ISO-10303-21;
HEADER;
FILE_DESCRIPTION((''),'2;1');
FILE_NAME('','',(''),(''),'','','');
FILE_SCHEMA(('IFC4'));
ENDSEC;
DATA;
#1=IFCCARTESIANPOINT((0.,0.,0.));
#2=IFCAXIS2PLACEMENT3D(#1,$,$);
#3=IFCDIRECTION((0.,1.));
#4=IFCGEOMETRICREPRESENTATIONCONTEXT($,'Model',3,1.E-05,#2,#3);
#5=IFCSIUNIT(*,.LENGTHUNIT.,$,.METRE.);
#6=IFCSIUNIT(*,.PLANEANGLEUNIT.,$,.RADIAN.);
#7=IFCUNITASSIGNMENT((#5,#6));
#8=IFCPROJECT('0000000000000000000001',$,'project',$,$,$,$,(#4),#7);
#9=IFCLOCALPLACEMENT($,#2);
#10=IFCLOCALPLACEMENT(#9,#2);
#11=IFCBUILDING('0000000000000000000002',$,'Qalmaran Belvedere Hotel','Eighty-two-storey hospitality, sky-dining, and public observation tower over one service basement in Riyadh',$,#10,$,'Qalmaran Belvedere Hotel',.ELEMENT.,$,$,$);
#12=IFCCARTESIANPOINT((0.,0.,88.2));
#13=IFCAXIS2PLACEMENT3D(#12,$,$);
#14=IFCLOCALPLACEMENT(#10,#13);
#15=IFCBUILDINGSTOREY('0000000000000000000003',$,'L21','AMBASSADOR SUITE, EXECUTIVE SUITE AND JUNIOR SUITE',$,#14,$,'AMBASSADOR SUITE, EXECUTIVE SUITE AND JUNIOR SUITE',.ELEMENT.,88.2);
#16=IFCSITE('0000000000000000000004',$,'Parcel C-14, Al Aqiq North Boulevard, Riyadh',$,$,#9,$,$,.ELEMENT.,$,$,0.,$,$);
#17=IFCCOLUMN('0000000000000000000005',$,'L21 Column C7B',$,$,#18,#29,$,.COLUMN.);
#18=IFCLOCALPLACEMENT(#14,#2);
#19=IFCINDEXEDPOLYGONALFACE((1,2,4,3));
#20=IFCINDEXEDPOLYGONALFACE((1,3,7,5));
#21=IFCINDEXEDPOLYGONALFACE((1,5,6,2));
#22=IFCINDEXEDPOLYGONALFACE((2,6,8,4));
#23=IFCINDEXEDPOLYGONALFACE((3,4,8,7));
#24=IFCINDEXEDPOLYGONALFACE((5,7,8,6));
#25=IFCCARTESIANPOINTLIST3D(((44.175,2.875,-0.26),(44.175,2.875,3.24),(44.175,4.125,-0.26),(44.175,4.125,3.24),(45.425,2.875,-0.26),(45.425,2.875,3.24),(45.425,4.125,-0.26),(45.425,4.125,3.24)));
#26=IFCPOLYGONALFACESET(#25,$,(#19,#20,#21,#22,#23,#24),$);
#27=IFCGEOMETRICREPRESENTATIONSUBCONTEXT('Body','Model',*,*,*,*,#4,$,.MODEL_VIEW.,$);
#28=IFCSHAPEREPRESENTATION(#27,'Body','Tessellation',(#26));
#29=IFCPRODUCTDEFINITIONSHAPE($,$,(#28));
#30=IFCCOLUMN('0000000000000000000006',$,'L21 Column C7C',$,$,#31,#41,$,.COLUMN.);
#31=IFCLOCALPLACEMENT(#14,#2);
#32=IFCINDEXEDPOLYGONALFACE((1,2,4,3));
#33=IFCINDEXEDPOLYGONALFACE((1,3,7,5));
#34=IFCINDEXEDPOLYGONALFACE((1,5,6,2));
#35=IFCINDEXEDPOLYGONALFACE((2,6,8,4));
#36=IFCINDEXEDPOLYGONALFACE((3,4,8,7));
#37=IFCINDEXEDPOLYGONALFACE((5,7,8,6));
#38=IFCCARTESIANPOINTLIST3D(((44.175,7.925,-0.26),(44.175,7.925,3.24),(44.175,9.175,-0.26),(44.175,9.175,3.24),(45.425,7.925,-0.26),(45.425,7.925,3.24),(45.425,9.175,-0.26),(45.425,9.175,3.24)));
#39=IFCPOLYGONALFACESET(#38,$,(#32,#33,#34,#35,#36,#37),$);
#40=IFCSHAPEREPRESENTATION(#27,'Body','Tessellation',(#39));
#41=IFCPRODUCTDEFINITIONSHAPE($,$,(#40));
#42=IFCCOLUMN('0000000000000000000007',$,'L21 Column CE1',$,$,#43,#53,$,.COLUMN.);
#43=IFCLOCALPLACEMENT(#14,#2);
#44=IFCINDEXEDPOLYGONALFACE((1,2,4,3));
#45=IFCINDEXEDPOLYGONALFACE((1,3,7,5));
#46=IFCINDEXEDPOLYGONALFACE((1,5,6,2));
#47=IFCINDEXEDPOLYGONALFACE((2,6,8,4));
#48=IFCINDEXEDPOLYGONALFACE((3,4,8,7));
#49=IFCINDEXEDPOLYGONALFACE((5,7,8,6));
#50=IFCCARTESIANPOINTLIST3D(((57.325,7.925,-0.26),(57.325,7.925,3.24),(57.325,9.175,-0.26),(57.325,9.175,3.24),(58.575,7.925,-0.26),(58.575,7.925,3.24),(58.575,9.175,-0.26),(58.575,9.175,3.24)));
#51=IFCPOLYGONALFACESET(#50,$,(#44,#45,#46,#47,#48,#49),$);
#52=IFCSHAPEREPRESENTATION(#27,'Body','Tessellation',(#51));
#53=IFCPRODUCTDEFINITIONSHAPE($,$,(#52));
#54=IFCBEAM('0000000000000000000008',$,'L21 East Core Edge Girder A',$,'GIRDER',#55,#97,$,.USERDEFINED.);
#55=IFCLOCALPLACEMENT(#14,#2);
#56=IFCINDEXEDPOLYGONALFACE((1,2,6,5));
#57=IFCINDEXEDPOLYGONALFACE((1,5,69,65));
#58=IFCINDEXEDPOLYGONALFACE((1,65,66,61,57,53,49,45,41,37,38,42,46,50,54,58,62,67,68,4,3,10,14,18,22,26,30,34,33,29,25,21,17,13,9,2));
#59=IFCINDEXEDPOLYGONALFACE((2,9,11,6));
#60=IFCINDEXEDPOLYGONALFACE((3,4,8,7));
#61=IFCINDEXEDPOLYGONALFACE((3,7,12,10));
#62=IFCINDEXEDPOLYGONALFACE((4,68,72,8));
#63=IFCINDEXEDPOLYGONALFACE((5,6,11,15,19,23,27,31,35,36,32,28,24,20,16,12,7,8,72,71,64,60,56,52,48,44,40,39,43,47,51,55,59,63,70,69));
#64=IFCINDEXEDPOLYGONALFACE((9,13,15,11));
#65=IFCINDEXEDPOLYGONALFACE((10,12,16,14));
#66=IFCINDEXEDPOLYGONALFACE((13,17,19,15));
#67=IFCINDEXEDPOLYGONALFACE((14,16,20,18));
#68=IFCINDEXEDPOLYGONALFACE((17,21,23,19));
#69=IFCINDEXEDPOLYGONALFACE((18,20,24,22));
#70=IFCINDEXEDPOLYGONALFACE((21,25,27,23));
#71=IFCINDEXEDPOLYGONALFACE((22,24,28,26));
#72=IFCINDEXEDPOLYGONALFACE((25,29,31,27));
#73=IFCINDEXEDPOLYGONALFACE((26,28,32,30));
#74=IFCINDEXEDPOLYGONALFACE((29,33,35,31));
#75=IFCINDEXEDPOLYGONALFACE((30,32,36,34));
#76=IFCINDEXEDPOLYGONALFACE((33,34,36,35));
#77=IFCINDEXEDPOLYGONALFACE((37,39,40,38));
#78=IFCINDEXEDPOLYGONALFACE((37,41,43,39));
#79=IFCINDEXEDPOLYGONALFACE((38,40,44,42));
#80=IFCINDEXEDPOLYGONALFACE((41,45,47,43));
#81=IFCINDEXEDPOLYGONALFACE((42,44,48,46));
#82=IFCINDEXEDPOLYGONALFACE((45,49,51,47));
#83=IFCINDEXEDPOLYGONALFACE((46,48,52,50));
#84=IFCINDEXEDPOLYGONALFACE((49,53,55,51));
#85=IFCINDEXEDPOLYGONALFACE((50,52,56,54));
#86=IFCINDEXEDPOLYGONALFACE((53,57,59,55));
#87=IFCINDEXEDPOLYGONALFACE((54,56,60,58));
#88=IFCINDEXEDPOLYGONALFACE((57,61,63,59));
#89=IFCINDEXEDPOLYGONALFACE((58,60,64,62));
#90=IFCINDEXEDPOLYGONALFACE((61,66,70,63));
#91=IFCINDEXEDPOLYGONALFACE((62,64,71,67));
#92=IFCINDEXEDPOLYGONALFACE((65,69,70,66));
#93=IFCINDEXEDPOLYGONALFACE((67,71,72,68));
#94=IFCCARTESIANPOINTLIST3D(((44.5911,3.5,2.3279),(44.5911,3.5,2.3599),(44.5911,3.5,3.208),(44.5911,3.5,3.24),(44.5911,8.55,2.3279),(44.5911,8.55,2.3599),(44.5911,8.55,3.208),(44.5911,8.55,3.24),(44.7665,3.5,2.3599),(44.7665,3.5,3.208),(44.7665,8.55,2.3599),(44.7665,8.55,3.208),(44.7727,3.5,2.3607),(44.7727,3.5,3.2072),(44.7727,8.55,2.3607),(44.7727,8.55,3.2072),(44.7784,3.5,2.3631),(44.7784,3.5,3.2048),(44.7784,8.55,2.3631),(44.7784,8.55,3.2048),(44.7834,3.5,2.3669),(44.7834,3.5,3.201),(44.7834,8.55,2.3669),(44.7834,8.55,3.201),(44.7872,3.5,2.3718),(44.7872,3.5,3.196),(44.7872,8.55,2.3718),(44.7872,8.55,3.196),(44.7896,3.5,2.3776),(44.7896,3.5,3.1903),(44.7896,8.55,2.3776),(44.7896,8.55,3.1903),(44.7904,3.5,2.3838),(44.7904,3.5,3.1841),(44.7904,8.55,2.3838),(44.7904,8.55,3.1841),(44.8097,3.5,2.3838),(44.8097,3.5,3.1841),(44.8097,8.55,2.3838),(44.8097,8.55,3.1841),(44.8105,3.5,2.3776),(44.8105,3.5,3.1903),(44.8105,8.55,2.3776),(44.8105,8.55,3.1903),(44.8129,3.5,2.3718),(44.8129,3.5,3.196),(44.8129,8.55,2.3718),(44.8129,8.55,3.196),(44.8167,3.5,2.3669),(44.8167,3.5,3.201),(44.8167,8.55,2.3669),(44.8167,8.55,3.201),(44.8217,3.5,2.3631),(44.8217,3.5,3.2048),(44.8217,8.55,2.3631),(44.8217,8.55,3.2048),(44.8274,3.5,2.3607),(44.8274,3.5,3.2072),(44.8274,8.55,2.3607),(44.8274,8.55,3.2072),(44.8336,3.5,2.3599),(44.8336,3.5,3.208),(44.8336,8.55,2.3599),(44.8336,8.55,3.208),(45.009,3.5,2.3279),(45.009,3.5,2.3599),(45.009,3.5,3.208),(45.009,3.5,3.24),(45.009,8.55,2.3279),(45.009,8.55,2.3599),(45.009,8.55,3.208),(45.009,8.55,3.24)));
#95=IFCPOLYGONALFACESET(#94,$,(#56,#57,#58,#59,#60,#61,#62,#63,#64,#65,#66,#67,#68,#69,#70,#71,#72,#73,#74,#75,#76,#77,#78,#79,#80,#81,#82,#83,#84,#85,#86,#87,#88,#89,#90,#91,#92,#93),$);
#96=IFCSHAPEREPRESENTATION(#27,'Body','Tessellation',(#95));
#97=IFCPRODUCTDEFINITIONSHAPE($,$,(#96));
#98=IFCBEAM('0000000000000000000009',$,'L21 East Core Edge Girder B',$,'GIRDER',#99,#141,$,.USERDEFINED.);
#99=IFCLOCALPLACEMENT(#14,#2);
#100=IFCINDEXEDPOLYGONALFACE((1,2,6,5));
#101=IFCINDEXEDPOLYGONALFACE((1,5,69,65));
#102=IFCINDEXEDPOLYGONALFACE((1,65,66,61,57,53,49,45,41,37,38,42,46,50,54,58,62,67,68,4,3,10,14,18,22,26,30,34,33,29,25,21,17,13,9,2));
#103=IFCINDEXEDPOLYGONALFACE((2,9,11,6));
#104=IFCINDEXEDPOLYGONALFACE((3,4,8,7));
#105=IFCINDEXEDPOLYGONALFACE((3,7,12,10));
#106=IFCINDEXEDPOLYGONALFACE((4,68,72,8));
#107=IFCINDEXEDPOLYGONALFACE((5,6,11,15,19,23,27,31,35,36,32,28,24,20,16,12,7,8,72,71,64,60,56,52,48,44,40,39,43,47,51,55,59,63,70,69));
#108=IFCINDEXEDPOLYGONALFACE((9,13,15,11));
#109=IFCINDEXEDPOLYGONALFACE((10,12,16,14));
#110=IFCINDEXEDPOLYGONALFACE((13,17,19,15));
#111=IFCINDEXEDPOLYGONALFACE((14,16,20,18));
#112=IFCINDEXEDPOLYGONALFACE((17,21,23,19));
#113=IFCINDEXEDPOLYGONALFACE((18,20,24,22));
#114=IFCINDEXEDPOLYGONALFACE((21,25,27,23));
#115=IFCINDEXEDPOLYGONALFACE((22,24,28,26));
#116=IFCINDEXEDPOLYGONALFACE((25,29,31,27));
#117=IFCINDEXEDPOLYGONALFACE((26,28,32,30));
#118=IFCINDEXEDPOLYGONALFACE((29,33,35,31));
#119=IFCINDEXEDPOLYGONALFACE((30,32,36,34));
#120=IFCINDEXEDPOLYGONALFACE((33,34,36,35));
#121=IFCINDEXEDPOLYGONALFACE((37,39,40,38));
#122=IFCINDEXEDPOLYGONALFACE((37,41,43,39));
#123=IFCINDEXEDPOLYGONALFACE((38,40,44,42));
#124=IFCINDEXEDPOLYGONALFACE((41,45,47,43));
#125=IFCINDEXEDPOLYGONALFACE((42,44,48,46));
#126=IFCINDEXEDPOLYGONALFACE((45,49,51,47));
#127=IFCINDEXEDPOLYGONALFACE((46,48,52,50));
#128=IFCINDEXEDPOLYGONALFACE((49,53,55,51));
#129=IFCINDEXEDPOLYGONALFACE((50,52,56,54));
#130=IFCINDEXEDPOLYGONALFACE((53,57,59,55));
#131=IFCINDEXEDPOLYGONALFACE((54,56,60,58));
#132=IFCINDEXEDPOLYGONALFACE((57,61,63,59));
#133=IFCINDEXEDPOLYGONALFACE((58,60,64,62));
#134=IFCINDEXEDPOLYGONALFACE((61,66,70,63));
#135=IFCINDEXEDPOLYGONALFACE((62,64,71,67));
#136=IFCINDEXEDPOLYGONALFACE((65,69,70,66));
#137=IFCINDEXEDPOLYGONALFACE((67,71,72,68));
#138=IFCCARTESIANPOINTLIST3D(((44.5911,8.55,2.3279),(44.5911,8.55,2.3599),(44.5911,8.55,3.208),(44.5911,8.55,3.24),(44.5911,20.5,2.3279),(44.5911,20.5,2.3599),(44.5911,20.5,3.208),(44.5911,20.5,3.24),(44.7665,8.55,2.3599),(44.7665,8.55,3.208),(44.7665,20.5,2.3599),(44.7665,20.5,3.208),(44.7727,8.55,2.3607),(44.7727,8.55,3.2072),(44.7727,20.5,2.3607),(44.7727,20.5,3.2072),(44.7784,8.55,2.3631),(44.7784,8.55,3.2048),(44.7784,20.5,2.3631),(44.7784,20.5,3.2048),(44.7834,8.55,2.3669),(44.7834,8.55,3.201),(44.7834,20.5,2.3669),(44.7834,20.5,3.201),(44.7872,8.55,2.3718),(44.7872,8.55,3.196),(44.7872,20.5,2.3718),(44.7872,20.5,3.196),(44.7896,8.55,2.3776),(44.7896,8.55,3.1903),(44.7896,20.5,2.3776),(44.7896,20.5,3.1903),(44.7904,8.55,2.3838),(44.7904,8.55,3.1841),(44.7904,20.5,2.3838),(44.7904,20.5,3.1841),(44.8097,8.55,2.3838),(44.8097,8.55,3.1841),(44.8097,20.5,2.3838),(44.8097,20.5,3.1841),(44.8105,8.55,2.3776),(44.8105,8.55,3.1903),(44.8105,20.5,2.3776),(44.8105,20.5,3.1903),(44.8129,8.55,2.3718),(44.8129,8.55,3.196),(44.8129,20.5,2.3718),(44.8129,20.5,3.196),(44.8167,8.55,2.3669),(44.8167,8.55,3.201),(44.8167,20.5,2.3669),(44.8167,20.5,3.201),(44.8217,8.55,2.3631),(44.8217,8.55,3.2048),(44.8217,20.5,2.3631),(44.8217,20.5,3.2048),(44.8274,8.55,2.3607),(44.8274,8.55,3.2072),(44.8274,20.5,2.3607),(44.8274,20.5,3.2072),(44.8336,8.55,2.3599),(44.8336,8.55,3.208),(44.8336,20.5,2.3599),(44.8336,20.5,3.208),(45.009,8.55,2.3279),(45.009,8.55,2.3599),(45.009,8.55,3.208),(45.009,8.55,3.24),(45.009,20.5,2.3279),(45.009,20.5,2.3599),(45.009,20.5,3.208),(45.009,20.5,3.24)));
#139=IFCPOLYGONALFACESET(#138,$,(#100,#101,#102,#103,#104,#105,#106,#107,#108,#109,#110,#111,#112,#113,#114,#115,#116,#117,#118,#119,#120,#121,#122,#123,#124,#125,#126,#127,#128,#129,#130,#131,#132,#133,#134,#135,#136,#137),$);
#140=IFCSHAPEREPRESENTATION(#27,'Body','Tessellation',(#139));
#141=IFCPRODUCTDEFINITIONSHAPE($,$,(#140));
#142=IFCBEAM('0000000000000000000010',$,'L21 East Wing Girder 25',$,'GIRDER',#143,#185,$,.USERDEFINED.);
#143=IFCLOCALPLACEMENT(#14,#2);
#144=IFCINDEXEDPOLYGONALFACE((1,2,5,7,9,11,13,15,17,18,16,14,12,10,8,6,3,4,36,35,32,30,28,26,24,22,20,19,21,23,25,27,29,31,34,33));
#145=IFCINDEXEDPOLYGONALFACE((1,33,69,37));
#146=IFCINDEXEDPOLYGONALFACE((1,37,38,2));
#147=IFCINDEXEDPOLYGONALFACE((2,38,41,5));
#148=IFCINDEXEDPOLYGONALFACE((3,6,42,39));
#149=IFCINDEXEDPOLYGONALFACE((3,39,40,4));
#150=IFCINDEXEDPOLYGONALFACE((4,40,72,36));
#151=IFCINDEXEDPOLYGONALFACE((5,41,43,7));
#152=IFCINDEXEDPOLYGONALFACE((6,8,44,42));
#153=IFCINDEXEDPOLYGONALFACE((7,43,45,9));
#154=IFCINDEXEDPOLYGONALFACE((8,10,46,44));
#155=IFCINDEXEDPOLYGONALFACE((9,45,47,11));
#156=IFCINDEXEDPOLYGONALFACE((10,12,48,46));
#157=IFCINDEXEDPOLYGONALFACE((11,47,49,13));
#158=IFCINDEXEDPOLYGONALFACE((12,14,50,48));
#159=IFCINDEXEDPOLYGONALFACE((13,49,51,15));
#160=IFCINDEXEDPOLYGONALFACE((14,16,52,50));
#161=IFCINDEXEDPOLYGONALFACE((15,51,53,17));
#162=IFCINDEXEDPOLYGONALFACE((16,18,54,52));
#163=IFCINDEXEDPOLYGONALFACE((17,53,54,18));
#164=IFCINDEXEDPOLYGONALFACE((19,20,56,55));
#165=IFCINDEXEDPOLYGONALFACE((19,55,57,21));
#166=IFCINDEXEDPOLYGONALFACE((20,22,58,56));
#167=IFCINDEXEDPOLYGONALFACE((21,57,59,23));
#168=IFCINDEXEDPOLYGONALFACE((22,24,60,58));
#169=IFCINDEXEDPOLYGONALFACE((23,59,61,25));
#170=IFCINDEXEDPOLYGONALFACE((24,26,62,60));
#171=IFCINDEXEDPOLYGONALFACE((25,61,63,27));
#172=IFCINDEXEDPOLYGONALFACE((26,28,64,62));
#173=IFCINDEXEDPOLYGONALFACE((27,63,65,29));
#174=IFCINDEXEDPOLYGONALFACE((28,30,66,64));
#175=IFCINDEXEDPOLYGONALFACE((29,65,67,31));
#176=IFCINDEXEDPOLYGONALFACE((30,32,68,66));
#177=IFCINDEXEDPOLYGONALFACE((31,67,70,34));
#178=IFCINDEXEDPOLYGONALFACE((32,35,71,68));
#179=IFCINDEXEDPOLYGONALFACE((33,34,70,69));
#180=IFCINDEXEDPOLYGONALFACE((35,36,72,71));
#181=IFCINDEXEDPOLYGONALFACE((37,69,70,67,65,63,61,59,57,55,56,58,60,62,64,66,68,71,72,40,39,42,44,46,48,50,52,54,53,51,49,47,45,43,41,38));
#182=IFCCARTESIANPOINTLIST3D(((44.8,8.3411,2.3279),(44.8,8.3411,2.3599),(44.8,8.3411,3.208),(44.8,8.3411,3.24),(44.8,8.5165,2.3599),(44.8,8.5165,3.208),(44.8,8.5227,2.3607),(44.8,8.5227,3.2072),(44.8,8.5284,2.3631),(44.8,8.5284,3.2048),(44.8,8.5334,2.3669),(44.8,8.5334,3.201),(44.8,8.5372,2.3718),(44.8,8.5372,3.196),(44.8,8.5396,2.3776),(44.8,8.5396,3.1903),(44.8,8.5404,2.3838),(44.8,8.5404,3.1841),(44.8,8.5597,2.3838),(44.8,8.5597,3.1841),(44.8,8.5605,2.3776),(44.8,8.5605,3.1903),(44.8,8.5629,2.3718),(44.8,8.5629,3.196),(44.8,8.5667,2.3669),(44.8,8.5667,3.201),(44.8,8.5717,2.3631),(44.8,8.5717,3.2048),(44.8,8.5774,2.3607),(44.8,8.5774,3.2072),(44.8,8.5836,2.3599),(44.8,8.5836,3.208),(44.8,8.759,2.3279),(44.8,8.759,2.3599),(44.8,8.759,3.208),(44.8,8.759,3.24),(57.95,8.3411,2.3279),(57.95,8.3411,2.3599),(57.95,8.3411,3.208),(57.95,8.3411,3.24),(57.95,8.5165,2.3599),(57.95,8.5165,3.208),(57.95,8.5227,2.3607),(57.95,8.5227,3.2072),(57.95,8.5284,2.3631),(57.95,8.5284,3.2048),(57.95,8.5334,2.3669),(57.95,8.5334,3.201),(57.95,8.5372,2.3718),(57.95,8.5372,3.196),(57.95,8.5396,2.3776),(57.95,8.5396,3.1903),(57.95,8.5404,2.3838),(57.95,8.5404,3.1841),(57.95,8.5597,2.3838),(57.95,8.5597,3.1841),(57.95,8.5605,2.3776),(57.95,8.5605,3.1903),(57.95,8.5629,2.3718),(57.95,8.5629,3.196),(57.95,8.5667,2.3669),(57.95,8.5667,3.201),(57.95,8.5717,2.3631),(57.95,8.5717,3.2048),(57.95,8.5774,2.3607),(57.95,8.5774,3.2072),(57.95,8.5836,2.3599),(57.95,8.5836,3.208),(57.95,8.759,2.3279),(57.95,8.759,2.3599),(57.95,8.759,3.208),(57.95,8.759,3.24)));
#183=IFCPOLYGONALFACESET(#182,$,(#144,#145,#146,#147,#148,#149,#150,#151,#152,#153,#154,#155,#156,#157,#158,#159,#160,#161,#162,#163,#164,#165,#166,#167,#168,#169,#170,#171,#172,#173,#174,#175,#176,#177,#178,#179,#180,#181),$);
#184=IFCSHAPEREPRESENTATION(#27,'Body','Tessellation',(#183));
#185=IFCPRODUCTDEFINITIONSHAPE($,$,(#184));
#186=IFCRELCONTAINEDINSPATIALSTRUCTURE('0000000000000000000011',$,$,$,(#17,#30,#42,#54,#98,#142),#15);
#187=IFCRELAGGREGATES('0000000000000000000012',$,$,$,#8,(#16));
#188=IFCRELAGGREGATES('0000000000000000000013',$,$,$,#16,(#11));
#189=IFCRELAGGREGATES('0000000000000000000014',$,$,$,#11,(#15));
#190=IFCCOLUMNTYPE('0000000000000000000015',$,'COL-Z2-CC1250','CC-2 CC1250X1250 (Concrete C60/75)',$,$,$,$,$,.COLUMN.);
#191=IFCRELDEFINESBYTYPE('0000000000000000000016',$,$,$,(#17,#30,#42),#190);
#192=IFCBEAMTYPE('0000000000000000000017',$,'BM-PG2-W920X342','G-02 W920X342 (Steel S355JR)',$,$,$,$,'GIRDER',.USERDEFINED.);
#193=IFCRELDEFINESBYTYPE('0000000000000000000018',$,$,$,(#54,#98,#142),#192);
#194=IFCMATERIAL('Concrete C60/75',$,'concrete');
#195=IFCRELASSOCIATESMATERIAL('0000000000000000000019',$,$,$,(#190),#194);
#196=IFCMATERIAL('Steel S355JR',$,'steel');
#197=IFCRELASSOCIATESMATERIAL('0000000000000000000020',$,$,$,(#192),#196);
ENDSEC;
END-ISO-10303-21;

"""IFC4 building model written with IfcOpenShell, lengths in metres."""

from ifc_helpers import new_model, si_unit, direction, frame, origin, origin_2d, place, context, subcontext, project, spatial, rectangle, i_section, extrude, material, material_profile, profile_set, type_object, element, save


model = new_model("IFC4")

# Units and contexts
model_context = context("Model", 3, precision=1e-05, world=origin(), true_north=direction((0.0, 1.0)))
body_context = subcontext(model_context, "Body", "Model", "MODEL_VIEW")
ifc_project = project(units=[si_unit("LENGTHUNIT", "METRE"), si_unit("PLANEANGLEUNIT", "RADIAN")], contexts=[model_context])

# Site, building, storey
site_placement = place(None, origin())
site = spatial("IfcSite", under=ifc_project, at=site_placement, Name="Parcel C-14, Al Aqiq North Boulevard, Riyadh", CompositionType="ELEMENT", RefElevation=0.0)
building_placement = place(site_placement, origin())
building = spatial("IfcBuilding", under=site, at=building_placement, Name="Qalmaran Belvedere Hotel", Description="Eighty-two-storey hospitality, sky-dining, and public observation tower over one service basement in Riyadh", LongName="Qalmaran Belvedere Hotel", CompositionType="ELEMENT")
storey_placement = place(building_placement, frame((0.0, 0.0, 88.2)))
storey = spatial("IfcBuildingStorey", under=building, at=storey_placement, Name="L21", Description="AMBASSADOR SUITE, EXECUTIVE SUITE AND JUNIOR SUITE", LongName="AMBASSADOR SUITE, EXECUTIVE SUITE AND JUNIOR SUITE", CompositionType="ELEMENT", Elevation=88.2)

# Columns
ifc_material_1 = material(Name="Concrete C60/75", Category="concrete")
ifc_material_profile_1 = material_profile(ifc_material_1, rectangle(XDim=1.25, YDim=1.25, at=origin_2d()), Name="CC1250X1250")
ifc_profile_set_1 = profile_set([ifc_material_profile_1], Name="Concrete C60/75")
column_type = type_object("IfcColumnType", Name="COL-Z2-CC1250", Description="CC-2 CC1250X1250 (Concrete C60/75)", PredefinedType="COLUMN", material=ifc_profile_set_1)
for number, where, z_axis, x_axis, name in (
    (1, (44.8, 3.5, -0.26), (0.0, 0.0, 1.0), (1.0, 0.0, 0.0), "L21 Column C7B"),
    (2, (44.8, 8.55, -0.26), (0.0, 0.0, 1.0), (1.0, 0.0, 0.0), "L21 Column C7C"),
    (3, (57.95, 8.55, -0.26), (0.0, 0.0, 1.0), (1.0, 0.0, 0.0), "L21 Column CE1"),
):
    element("IfcColumn", number, at=place(storey_placement, frame(where, z_axis=z_axis, x_axis=x_axis)), inside=storey, type_object=column_type, Name=name, PredefinedType="COLUMN", context=body_context, shape_type="SweptSolid", body=[
        extrude(rectangle(XDim=1.25, YDim=1.25, at=origin_2d()), origin(), (0.0, 0.0, 1.0), 3.5),
    ])

# Beams
ifc_material_2 = material(Name="Steel S355JR", Category="steel")
ifc_material_profile_2 = material_profile(ifc_material_2, i_section(OverallWidth=0.418, OverallDepth=0.9121, WebThickness=0.0193, FlangeThickness=0.032, FilletRadius=0.0239, at=origin_2d()), Name="W920X342")
ifc_profile_set_2 = profile_set([ifc_material_profile_2], Name="Steel S355JR")
beam_type_1 = type_object("IfcBeamType", Name="BM-PG2-W920X342", Description="G-02 W920X342 (Steel S355JR)", ElementType="GIRDER", PredefinedType="USERDEFINED", material=ifc_profile_set_2)
beam_1_placement = place(storey_placement, frame((44.8, 3.5, 2.7839), z_axis=(0.0, 1.0, 0.0), x_axis=(-1.0, 0.0, 0.0)))
element("IfcBeam", 4, at=beam_1_placement, inside=storey, type_object=beam_type_1, Name="L21 East Core Edge Girder A", ObjectType="GIRDER", PredefinedType="USERDEFINED", context=body_context, shape_type="SweptSolid", body=[
    extrude(i_section(OverallWidth=0.418, OverallDepth=0.9121, WebThickness=0.0193, FlangeThickness=0.032, FilletRadius=0.0239, at=origin_2d()), origin(), (0.0, 0.0, 1.0), 5.05),
])
beam_2_placement = place(storey_placement, frame((44.8, 8.55, 2.7839), z_axis=(0.0, 1.0, 0.0), x_axis=(-1.0, 0.0, 0.0)))
element("IfcBeam", 5, at=beam_2_placement, inside=storey, type_object=beam_type_1, Name="L21 East Core Edge Girder B", ObjectType="GIRDER", PredefinedType="USERDEFINED", context=body_context, shape_type="SweptSolid", body=[
    extrude(i_section(OverallWidth=0.418, OverallDepth=0.9121, WebThickness=0.0193, FlangeThickness=0.032, FilletRadius=0.0239, at=origin_2d()), origin(), (0.0, 0.0, 1.0), 11.95),
])
beam_3_placement = place(storey_placement, frame((44.8, 8.55, 2.7839), z_axis=(1.0, 0.0, 0.0), x_axis=(0.0, 1.0, 0.0)))
element("IfcBeam", 6, at=beam_3_placement, inside=storey, type_object=beam_type_1, Name="L21 East Wing Girder 25", ObjectType="GIRDER", PredefinedType="USERDEFINED", context=body_context, shape_type="SweptSolid", body=[
    extrude(i_section(OverallWidth=0.418, OverallDepth=0.9121, WebThickness=0.0193, FlangeThickness=0.032, FilletRadius=0.0239, at=origin_2d()), origin(), (0.0, 0.0, 1.0), 13.1499),
])

save(model, "model.ifc")
